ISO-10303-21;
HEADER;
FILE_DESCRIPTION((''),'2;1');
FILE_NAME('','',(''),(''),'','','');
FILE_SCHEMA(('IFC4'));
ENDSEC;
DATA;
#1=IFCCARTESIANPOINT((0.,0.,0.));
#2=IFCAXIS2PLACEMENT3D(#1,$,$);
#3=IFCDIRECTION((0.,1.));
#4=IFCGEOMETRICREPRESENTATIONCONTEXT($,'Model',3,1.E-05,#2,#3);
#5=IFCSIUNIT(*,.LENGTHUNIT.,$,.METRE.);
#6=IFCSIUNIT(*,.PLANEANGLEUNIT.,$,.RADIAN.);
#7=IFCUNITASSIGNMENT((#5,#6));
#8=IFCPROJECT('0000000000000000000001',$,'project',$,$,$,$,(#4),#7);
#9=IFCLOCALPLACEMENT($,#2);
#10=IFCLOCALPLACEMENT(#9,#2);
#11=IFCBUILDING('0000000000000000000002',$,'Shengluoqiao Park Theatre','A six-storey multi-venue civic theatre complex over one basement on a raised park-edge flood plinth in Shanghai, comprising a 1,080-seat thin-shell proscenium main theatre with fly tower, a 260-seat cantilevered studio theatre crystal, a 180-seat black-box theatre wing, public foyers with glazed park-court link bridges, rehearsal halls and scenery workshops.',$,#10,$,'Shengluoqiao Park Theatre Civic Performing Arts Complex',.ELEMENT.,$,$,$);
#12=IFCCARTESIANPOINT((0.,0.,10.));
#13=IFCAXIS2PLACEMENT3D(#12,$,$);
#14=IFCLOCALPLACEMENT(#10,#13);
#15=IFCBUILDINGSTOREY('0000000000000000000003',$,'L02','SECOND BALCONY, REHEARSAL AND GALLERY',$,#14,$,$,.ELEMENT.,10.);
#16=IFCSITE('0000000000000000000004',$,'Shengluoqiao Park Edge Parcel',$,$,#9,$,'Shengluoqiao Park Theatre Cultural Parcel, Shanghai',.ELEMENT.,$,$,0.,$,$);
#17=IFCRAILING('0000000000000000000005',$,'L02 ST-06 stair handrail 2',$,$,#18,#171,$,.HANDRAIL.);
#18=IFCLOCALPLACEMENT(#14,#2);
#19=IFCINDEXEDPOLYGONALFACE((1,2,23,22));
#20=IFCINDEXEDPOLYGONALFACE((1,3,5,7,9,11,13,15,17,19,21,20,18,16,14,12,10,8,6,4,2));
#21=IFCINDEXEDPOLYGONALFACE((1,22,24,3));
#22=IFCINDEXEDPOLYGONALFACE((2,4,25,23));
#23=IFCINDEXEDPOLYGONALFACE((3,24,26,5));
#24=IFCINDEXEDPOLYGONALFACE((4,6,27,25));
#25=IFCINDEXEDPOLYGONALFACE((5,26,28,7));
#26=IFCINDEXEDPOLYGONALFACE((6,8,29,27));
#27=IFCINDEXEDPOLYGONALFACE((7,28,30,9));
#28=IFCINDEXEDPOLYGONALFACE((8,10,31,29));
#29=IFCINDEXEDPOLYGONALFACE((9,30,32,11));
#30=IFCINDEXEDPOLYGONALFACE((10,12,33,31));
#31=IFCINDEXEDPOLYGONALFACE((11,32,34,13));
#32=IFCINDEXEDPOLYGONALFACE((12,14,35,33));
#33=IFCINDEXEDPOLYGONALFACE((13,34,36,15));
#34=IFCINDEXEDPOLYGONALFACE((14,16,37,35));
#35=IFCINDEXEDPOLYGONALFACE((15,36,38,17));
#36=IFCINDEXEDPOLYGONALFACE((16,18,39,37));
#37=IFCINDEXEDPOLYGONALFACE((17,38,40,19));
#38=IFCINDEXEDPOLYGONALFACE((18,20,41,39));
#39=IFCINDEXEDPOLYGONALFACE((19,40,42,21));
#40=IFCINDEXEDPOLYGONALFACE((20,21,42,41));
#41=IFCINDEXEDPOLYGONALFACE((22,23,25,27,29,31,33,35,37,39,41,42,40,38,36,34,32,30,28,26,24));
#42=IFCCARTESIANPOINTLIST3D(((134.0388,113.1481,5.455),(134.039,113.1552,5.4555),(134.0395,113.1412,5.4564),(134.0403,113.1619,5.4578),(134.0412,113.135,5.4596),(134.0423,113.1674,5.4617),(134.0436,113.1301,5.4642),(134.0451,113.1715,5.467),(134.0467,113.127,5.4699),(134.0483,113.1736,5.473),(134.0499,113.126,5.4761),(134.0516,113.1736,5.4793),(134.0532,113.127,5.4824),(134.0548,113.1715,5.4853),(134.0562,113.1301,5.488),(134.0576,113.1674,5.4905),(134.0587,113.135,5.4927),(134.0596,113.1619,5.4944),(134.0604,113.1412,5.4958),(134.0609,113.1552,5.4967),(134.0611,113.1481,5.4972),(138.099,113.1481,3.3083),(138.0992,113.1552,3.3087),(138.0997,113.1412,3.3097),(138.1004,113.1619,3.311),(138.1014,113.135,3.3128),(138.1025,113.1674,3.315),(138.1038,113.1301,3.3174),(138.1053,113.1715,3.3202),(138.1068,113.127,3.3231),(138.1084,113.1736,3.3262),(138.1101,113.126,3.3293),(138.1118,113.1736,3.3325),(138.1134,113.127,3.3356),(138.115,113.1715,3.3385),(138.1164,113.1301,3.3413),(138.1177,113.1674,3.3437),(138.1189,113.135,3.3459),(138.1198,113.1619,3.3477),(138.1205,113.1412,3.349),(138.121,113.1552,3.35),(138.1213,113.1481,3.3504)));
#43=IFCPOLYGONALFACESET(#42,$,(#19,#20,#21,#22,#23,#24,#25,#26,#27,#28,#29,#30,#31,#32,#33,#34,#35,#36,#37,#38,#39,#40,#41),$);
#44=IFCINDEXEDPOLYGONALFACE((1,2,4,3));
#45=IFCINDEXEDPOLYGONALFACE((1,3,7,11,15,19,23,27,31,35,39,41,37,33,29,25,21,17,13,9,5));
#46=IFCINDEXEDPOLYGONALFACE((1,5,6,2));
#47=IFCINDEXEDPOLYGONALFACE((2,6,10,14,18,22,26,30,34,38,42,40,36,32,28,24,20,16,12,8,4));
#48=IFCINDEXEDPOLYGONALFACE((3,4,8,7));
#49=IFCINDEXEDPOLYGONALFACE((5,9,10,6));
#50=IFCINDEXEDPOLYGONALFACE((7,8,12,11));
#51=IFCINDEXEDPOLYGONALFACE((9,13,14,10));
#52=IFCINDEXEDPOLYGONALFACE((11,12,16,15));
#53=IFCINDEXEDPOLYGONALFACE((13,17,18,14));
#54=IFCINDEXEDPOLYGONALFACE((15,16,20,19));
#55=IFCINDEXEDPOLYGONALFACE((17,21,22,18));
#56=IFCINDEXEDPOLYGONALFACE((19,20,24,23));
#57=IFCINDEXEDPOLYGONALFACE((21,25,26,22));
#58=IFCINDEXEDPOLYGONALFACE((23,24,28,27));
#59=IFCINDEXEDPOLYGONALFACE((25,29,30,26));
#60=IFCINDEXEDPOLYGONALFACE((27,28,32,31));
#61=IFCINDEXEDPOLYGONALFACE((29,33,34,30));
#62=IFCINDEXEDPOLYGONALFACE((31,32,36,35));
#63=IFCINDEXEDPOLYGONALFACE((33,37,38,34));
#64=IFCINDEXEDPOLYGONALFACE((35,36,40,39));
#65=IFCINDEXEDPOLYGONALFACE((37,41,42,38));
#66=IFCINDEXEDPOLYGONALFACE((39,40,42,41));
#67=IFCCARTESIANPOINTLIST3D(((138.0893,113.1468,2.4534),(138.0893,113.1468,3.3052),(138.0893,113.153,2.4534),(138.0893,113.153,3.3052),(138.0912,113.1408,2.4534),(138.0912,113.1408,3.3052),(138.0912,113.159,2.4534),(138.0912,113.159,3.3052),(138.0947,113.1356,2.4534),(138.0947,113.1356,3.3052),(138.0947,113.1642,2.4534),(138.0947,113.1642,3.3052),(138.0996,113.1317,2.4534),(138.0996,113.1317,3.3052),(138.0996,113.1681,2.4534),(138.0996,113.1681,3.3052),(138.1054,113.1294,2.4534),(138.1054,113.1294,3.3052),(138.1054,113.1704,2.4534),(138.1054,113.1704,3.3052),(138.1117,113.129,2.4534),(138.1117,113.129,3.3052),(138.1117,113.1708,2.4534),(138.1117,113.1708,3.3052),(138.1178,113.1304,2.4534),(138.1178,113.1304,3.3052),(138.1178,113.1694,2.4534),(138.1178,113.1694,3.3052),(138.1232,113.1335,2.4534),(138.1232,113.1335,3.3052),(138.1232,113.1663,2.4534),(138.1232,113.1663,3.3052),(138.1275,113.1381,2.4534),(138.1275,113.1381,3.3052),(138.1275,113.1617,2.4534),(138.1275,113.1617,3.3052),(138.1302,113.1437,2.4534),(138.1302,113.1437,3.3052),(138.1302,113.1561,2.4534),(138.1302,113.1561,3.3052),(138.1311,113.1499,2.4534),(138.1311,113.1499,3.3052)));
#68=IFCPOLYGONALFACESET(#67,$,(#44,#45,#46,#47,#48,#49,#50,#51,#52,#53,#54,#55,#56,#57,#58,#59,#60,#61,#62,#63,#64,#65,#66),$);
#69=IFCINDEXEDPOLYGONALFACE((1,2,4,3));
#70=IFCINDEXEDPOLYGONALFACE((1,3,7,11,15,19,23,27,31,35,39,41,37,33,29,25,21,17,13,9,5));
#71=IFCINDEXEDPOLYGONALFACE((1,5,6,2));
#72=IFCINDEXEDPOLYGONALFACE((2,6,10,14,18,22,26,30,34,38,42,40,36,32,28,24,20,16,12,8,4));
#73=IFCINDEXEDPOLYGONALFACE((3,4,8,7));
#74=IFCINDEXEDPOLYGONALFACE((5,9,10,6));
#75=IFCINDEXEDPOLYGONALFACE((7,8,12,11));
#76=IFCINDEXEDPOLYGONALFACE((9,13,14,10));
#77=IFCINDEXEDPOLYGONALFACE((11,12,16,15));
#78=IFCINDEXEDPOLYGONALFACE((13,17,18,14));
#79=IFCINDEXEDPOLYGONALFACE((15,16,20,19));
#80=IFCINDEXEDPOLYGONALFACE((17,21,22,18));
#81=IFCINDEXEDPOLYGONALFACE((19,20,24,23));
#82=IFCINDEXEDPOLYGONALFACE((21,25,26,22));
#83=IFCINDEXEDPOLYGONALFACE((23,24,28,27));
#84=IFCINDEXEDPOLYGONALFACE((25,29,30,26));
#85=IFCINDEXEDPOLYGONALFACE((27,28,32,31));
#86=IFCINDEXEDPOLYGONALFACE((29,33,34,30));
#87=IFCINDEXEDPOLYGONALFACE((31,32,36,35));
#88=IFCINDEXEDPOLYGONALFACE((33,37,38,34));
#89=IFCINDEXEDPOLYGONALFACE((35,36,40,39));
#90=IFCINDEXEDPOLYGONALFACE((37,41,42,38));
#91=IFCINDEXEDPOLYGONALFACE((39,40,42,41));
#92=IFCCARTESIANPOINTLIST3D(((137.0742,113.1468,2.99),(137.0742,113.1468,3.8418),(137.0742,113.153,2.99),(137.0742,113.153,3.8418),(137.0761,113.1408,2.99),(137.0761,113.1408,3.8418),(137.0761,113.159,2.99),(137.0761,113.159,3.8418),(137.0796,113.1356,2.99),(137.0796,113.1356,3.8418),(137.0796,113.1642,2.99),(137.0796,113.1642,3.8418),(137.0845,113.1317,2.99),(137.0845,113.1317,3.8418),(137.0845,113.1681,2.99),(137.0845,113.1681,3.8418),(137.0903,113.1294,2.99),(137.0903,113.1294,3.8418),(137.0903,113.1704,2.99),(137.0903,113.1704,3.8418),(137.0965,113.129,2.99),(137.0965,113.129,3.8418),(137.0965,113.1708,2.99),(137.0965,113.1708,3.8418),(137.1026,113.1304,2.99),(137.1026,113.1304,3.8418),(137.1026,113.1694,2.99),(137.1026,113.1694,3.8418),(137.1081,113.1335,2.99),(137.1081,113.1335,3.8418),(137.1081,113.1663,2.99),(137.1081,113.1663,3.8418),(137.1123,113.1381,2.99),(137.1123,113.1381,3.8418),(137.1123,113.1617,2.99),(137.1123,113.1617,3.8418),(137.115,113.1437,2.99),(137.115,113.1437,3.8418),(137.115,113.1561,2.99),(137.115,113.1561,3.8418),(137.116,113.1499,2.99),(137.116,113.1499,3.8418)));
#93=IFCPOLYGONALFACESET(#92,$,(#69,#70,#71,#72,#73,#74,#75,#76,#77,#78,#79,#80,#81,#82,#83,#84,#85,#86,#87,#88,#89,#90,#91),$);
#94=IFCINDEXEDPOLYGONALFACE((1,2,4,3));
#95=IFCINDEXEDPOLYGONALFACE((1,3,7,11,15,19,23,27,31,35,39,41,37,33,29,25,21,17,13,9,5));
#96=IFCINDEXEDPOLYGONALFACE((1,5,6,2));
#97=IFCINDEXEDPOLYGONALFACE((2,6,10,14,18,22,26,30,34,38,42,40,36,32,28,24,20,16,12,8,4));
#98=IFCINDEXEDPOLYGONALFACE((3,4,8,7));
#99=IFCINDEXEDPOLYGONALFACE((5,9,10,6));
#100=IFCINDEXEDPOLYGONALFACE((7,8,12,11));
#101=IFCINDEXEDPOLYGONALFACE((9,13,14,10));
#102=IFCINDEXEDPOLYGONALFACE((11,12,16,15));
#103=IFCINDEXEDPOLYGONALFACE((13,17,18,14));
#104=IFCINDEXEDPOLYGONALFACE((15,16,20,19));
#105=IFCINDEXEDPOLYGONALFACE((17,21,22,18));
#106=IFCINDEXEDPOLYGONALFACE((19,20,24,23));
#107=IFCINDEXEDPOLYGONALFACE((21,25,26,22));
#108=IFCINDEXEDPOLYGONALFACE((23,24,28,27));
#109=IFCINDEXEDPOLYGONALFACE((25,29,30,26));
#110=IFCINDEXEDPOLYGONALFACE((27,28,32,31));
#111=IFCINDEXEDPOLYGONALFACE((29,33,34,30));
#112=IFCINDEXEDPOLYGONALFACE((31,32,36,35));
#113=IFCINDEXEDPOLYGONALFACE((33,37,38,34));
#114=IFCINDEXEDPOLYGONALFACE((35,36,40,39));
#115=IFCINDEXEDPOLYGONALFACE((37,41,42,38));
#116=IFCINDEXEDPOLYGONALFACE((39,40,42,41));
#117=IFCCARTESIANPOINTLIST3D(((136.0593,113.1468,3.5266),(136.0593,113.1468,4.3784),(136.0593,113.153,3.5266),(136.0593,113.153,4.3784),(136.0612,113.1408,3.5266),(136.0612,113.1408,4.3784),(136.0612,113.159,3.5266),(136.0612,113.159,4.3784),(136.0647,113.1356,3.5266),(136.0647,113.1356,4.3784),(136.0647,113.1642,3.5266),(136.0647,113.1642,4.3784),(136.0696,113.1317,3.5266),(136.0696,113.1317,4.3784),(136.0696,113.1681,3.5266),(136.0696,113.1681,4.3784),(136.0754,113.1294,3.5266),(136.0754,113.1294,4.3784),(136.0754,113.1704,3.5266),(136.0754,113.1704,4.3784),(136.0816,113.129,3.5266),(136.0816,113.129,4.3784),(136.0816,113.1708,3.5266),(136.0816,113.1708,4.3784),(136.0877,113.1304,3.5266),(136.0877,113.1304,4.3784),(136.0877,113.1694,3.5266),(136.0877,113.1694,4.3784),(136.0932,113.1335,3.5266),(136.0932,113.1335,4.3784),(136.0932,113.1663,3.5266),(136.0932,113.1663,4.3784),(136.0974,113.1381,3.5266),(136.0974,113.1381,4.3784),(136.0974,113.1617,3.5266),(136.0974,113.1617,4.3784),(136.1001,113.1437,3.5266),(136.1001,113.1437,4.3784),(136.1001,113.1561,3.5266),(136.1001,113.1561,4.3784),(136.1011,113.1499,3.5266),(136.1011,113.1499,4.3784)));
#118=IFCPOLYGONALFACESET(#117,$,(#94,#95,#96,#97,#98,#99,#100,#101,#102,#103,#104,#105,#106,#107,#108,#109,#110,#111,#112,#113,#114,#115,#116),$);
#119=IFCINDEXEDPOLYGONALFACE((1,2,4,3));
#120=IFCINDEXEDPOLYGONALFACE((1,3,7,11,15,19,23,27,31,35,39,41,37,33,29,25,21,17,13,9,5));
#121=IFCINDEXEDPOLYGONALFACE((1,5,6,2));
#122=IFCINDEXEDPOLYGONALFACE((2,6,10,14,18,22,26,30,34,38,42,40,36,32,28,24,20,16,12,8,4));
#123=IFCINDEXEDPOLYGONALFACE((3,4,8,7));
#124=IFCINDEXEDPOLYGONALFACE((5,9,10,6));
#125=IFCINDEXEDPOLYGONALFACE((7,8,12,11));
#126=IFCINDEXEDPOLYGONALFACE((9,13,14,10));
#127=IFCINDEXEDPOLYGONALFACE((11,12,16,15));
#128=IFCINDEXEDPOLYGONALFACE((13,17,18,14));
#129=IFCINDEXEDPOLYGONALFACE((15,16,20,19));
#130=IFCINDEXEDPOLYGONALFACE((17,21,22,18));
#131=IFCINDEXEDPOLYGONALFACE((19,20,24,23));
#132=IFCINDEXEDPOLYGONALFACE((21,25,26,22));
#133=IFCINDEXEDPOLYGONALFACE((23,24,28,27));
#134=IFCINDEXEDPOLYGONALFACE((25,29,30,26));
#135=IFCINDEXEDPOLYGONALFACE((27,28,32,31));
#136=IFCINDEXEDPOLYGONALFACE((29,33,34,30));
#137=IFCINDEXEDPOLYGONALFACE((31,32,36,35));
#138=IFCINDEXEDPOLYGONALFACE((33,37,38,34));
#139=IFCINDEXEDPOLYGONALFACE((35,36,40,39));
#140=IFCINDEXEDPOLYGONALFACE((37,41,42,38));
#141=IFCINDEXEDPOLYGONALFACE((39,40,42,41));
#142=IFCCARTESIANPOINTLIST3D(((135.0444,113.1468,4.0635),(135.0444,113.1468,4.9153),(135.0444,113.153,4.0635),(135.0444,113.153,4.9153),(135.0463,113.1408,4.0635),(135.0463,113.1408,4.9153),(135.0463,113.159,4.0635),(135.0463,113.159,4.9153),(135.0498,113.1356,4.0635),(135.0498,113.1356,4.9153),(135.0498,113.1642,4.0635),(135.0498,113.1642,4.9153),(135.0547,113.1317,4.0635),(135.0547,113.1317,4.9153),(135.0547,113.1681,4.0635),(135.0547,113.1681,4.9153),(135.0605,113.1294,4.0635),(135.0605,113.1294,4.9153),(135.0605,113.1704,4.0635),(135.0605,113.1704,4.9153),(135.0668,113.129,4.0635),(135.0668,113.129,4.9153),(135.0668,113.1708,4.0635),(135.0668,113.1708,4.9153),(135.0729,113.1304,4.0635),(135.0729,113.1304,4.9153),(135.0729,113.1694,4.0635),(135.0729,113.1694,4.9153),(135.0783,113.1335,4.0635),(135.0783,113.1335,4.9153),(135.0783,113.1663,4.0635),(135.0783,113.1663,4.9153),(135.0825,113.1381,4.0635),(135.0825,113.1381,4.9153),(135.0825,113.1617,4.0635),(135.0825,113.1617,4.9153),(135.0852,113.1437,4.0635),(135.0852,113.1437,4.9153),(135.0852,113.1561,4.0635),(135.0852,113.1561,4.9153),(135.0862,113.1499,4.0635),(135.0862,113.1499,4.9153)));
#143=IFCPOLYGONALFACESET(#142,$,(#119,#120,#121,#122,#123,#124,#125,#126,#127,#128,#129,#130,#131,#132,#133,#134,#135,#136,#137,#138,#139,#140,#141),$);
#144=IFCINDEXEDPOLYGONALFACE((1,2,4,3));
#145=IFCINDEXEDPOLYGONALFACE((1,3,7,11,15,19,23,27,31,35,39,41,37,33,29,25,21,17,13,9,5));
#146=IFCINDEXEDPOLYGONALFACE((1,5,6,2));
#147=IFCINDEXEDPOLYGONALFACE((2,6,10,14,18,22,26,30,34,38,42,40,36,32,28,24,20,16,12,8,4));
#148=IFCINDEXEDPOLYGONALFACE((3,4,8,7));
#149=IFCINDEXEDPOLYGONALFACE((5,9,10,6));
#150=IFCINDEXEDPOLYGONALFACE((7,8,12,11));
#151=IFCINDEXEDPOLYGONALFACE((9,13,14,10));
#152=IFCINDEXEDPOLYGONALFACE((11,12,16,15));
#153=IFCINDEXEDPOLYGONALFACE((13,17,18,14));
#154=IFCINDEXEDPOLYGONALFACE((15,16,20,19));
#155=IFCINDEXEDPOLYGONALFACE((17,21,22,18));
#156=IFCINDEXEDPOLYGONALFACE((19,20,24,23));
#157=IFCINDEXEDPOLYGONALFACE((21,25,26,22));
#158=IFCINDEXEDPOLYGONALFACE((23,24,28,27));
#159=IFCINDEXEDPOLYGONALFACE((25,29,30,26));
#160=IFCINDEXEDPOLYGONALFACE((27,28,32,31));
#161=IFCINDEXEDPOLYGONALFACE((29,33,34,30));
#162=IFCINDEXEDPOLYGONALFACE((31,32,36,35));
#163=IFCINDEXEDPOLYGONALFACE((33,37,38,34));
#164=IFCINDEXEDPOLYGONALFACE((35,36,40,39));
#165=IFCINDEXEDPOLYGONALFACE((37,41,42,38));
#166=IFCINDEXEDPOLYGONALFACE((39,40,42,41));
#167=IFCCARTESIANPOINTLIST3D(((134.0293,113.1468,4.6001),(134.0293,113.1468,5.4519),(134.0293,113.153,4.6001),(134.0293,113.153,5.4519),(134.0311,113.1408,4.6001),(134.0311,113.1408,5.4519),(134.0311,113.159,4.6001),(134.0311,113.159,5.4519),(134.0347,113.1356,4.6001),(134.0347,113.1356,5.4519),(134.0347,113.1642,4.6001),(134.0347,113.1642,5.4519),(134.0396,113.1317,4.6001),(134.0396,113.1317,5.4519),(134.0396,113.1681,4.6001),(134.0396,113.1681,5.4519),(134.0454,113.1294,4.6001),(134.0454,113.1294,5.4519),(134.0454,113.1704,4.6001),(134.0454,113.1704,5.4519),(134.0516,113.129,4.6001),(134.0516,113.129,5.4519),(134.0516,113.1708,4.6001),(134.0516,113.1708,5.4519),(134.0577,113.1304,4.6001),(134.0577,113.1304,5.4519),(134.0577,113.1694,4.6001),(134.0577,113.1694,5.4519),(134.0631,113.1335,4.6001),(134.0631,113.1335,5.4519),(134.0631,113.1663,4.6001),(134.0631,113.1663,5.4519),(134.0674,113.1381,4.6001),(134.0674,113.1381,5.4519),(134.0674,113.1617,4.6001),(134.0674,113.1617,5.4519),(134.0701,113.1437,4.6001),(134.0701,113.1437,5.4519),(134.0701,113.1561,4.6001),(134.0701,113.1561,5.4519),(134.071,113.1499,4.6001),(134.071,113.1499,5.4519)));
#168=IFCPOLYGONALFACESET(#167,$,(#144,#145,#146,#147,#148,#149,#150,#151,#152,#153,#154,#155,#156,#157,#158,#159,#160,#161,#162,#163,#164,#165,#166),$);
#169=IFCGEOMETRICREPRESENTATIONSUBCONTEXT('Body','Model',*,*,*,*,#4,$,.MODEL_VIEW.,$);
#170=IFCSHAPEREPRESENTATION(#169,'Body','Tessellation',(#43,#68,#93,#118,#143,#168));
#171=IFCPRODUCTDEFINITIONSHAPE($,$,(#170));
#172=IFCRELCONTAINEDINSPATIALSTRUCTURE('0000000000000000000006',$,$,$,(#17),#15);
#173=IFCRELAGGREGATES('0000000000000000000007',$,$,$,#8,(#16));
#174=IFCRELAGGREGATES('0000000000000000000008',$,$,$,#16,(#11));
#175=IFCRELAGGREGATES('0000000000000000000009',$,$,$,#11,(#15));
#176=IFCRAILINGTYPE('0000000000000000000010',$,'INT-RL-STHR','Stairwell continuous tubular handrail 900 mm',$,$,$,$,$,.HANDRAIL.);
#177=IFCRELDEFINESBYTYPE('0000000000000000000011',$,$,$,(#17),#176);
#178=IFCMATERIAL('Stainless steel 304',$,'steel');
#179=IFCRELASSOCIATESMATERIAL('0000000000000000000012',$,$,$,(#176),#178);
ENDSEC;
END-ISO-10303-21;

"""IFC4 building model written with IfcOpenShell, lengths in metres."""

from ifc_helpers import new_model, si_unit, direction, frame, origin, origin_2d, place, context, subcontext, project, spatial, circle, extrude, material, type_object, element, save


model = new_model("IFC4")

# Units and contexts
model_context = context("Model", 3, precision=1e-05, world=origin(), true_north=direction((0.0, 1.0)))
body_context = subcontext(model_context, "Body", "Model", "MODEL_VIEW")
ifc_project = project(units=[si_unit("LENGTHUNIT", "METRE"), si_unit("PLANEANGLEUNIT", "RADIAN")], contexts=[model_context])

# Site, building, storey
site_placement = place(None, origin())
site = spatial("IfcSite", under=ifc_project, at=site_placement, Name="Shengluoqiao Park Edge Parcel", LongName="Shengluoqiao Park Theatre Cultural Parcel, Shanghai", CompositionType="ELEMENT", RefElevation=0.0)
building_placement = place(site_placement, origin())
building = spatial("IfcBuilding", under=site, at=building_placement, Name="Shengluoqiao Park Theatre", Description="A six-storey multi-venue civic theatre complex over one basement on a raised park-edge flood plinth in Shanghai, comprising a 1,080-seat thin-shell proscenium main theatre with fly tower, a 260-seat cantilevered studio theatre crystal, a 180-seat black-box theatre wing, public foyers with glazed park-court link bridges, rehearsal halls and scenery workshops.", LongName="Shengluoqiao Park Theatre Civic Performing Arts Complex", CompositionType="ELEMENT")
storey_placement = place(building_placement, frame((0.0, 0.0, 10.0)))
storey = spatial("IfcBuildingStorey", under=building, at=storey_placement, Name="L02", Description="SECOND BALCONY, REHEARSAL AND GALLERY", CompositionType="ELEMENT", Elevation=10.0)

# Railing
ifc_material_1 = material(Name="Stainless steel 304", Category="steel")
railing_type_1 = type_object("IfcRailingType", Name="INT-RL-STHR", Description="Stairwell continuous tubular handrail 900 mm", PredefinedType="HANDRAIL", material=ifc_material_1)
railing_1_placement = place(storey_placement, frame((138.1101, 113.1499, 2.4534)))
element("IfcRailing", 1, at=railing_1_placement, inside=storey, type_object=railing_type_1, Name="L02 ST-06 stair handrail 2", PredefinedType="HANDRAIL", context=body_context, shape_type="SweptSolid", body=[
    extrude(circle(Radius=0.0239, at=origin_2d()), frame((0.0, 0.0, 0.876), z_axis=(-0.884032, 0.0, 0.467426), x_axis=(0.0, -1.0, 0.0)), (0.0, 0.0, 1.0), 4.5928),
    extrude(circle(Radius=0.021, at=origin_2d()), origin(), (0.0, 0.0, 1.0), 0.8518),
    extrude(circle(Radius=0.021, at=origin_2d()), frame((-1.0151, 0.0, 0.5366)), (0.0, 0.0, 1.0), 0.8518),
    extrude(circle(Radius=0.021, at=origin_2d()), frame((-2.03, 0.0, 1.0732)), (0.0, 0.0, 1.0), 0.8518),
    extrude(circle(Radius=0.021, at=origin_2d()), frame((-3.0449, 0.0, 1.6101)), (0.0, 0.0, 1.0), 0.8518),
    extrude(circle(Radius=0.021, at=origin_2d()), frame((-4.0601, 0.0, 2.1467)), (0.0, 0.0, 1.0), 0.8518),
])

save(model, "model.ifc")
